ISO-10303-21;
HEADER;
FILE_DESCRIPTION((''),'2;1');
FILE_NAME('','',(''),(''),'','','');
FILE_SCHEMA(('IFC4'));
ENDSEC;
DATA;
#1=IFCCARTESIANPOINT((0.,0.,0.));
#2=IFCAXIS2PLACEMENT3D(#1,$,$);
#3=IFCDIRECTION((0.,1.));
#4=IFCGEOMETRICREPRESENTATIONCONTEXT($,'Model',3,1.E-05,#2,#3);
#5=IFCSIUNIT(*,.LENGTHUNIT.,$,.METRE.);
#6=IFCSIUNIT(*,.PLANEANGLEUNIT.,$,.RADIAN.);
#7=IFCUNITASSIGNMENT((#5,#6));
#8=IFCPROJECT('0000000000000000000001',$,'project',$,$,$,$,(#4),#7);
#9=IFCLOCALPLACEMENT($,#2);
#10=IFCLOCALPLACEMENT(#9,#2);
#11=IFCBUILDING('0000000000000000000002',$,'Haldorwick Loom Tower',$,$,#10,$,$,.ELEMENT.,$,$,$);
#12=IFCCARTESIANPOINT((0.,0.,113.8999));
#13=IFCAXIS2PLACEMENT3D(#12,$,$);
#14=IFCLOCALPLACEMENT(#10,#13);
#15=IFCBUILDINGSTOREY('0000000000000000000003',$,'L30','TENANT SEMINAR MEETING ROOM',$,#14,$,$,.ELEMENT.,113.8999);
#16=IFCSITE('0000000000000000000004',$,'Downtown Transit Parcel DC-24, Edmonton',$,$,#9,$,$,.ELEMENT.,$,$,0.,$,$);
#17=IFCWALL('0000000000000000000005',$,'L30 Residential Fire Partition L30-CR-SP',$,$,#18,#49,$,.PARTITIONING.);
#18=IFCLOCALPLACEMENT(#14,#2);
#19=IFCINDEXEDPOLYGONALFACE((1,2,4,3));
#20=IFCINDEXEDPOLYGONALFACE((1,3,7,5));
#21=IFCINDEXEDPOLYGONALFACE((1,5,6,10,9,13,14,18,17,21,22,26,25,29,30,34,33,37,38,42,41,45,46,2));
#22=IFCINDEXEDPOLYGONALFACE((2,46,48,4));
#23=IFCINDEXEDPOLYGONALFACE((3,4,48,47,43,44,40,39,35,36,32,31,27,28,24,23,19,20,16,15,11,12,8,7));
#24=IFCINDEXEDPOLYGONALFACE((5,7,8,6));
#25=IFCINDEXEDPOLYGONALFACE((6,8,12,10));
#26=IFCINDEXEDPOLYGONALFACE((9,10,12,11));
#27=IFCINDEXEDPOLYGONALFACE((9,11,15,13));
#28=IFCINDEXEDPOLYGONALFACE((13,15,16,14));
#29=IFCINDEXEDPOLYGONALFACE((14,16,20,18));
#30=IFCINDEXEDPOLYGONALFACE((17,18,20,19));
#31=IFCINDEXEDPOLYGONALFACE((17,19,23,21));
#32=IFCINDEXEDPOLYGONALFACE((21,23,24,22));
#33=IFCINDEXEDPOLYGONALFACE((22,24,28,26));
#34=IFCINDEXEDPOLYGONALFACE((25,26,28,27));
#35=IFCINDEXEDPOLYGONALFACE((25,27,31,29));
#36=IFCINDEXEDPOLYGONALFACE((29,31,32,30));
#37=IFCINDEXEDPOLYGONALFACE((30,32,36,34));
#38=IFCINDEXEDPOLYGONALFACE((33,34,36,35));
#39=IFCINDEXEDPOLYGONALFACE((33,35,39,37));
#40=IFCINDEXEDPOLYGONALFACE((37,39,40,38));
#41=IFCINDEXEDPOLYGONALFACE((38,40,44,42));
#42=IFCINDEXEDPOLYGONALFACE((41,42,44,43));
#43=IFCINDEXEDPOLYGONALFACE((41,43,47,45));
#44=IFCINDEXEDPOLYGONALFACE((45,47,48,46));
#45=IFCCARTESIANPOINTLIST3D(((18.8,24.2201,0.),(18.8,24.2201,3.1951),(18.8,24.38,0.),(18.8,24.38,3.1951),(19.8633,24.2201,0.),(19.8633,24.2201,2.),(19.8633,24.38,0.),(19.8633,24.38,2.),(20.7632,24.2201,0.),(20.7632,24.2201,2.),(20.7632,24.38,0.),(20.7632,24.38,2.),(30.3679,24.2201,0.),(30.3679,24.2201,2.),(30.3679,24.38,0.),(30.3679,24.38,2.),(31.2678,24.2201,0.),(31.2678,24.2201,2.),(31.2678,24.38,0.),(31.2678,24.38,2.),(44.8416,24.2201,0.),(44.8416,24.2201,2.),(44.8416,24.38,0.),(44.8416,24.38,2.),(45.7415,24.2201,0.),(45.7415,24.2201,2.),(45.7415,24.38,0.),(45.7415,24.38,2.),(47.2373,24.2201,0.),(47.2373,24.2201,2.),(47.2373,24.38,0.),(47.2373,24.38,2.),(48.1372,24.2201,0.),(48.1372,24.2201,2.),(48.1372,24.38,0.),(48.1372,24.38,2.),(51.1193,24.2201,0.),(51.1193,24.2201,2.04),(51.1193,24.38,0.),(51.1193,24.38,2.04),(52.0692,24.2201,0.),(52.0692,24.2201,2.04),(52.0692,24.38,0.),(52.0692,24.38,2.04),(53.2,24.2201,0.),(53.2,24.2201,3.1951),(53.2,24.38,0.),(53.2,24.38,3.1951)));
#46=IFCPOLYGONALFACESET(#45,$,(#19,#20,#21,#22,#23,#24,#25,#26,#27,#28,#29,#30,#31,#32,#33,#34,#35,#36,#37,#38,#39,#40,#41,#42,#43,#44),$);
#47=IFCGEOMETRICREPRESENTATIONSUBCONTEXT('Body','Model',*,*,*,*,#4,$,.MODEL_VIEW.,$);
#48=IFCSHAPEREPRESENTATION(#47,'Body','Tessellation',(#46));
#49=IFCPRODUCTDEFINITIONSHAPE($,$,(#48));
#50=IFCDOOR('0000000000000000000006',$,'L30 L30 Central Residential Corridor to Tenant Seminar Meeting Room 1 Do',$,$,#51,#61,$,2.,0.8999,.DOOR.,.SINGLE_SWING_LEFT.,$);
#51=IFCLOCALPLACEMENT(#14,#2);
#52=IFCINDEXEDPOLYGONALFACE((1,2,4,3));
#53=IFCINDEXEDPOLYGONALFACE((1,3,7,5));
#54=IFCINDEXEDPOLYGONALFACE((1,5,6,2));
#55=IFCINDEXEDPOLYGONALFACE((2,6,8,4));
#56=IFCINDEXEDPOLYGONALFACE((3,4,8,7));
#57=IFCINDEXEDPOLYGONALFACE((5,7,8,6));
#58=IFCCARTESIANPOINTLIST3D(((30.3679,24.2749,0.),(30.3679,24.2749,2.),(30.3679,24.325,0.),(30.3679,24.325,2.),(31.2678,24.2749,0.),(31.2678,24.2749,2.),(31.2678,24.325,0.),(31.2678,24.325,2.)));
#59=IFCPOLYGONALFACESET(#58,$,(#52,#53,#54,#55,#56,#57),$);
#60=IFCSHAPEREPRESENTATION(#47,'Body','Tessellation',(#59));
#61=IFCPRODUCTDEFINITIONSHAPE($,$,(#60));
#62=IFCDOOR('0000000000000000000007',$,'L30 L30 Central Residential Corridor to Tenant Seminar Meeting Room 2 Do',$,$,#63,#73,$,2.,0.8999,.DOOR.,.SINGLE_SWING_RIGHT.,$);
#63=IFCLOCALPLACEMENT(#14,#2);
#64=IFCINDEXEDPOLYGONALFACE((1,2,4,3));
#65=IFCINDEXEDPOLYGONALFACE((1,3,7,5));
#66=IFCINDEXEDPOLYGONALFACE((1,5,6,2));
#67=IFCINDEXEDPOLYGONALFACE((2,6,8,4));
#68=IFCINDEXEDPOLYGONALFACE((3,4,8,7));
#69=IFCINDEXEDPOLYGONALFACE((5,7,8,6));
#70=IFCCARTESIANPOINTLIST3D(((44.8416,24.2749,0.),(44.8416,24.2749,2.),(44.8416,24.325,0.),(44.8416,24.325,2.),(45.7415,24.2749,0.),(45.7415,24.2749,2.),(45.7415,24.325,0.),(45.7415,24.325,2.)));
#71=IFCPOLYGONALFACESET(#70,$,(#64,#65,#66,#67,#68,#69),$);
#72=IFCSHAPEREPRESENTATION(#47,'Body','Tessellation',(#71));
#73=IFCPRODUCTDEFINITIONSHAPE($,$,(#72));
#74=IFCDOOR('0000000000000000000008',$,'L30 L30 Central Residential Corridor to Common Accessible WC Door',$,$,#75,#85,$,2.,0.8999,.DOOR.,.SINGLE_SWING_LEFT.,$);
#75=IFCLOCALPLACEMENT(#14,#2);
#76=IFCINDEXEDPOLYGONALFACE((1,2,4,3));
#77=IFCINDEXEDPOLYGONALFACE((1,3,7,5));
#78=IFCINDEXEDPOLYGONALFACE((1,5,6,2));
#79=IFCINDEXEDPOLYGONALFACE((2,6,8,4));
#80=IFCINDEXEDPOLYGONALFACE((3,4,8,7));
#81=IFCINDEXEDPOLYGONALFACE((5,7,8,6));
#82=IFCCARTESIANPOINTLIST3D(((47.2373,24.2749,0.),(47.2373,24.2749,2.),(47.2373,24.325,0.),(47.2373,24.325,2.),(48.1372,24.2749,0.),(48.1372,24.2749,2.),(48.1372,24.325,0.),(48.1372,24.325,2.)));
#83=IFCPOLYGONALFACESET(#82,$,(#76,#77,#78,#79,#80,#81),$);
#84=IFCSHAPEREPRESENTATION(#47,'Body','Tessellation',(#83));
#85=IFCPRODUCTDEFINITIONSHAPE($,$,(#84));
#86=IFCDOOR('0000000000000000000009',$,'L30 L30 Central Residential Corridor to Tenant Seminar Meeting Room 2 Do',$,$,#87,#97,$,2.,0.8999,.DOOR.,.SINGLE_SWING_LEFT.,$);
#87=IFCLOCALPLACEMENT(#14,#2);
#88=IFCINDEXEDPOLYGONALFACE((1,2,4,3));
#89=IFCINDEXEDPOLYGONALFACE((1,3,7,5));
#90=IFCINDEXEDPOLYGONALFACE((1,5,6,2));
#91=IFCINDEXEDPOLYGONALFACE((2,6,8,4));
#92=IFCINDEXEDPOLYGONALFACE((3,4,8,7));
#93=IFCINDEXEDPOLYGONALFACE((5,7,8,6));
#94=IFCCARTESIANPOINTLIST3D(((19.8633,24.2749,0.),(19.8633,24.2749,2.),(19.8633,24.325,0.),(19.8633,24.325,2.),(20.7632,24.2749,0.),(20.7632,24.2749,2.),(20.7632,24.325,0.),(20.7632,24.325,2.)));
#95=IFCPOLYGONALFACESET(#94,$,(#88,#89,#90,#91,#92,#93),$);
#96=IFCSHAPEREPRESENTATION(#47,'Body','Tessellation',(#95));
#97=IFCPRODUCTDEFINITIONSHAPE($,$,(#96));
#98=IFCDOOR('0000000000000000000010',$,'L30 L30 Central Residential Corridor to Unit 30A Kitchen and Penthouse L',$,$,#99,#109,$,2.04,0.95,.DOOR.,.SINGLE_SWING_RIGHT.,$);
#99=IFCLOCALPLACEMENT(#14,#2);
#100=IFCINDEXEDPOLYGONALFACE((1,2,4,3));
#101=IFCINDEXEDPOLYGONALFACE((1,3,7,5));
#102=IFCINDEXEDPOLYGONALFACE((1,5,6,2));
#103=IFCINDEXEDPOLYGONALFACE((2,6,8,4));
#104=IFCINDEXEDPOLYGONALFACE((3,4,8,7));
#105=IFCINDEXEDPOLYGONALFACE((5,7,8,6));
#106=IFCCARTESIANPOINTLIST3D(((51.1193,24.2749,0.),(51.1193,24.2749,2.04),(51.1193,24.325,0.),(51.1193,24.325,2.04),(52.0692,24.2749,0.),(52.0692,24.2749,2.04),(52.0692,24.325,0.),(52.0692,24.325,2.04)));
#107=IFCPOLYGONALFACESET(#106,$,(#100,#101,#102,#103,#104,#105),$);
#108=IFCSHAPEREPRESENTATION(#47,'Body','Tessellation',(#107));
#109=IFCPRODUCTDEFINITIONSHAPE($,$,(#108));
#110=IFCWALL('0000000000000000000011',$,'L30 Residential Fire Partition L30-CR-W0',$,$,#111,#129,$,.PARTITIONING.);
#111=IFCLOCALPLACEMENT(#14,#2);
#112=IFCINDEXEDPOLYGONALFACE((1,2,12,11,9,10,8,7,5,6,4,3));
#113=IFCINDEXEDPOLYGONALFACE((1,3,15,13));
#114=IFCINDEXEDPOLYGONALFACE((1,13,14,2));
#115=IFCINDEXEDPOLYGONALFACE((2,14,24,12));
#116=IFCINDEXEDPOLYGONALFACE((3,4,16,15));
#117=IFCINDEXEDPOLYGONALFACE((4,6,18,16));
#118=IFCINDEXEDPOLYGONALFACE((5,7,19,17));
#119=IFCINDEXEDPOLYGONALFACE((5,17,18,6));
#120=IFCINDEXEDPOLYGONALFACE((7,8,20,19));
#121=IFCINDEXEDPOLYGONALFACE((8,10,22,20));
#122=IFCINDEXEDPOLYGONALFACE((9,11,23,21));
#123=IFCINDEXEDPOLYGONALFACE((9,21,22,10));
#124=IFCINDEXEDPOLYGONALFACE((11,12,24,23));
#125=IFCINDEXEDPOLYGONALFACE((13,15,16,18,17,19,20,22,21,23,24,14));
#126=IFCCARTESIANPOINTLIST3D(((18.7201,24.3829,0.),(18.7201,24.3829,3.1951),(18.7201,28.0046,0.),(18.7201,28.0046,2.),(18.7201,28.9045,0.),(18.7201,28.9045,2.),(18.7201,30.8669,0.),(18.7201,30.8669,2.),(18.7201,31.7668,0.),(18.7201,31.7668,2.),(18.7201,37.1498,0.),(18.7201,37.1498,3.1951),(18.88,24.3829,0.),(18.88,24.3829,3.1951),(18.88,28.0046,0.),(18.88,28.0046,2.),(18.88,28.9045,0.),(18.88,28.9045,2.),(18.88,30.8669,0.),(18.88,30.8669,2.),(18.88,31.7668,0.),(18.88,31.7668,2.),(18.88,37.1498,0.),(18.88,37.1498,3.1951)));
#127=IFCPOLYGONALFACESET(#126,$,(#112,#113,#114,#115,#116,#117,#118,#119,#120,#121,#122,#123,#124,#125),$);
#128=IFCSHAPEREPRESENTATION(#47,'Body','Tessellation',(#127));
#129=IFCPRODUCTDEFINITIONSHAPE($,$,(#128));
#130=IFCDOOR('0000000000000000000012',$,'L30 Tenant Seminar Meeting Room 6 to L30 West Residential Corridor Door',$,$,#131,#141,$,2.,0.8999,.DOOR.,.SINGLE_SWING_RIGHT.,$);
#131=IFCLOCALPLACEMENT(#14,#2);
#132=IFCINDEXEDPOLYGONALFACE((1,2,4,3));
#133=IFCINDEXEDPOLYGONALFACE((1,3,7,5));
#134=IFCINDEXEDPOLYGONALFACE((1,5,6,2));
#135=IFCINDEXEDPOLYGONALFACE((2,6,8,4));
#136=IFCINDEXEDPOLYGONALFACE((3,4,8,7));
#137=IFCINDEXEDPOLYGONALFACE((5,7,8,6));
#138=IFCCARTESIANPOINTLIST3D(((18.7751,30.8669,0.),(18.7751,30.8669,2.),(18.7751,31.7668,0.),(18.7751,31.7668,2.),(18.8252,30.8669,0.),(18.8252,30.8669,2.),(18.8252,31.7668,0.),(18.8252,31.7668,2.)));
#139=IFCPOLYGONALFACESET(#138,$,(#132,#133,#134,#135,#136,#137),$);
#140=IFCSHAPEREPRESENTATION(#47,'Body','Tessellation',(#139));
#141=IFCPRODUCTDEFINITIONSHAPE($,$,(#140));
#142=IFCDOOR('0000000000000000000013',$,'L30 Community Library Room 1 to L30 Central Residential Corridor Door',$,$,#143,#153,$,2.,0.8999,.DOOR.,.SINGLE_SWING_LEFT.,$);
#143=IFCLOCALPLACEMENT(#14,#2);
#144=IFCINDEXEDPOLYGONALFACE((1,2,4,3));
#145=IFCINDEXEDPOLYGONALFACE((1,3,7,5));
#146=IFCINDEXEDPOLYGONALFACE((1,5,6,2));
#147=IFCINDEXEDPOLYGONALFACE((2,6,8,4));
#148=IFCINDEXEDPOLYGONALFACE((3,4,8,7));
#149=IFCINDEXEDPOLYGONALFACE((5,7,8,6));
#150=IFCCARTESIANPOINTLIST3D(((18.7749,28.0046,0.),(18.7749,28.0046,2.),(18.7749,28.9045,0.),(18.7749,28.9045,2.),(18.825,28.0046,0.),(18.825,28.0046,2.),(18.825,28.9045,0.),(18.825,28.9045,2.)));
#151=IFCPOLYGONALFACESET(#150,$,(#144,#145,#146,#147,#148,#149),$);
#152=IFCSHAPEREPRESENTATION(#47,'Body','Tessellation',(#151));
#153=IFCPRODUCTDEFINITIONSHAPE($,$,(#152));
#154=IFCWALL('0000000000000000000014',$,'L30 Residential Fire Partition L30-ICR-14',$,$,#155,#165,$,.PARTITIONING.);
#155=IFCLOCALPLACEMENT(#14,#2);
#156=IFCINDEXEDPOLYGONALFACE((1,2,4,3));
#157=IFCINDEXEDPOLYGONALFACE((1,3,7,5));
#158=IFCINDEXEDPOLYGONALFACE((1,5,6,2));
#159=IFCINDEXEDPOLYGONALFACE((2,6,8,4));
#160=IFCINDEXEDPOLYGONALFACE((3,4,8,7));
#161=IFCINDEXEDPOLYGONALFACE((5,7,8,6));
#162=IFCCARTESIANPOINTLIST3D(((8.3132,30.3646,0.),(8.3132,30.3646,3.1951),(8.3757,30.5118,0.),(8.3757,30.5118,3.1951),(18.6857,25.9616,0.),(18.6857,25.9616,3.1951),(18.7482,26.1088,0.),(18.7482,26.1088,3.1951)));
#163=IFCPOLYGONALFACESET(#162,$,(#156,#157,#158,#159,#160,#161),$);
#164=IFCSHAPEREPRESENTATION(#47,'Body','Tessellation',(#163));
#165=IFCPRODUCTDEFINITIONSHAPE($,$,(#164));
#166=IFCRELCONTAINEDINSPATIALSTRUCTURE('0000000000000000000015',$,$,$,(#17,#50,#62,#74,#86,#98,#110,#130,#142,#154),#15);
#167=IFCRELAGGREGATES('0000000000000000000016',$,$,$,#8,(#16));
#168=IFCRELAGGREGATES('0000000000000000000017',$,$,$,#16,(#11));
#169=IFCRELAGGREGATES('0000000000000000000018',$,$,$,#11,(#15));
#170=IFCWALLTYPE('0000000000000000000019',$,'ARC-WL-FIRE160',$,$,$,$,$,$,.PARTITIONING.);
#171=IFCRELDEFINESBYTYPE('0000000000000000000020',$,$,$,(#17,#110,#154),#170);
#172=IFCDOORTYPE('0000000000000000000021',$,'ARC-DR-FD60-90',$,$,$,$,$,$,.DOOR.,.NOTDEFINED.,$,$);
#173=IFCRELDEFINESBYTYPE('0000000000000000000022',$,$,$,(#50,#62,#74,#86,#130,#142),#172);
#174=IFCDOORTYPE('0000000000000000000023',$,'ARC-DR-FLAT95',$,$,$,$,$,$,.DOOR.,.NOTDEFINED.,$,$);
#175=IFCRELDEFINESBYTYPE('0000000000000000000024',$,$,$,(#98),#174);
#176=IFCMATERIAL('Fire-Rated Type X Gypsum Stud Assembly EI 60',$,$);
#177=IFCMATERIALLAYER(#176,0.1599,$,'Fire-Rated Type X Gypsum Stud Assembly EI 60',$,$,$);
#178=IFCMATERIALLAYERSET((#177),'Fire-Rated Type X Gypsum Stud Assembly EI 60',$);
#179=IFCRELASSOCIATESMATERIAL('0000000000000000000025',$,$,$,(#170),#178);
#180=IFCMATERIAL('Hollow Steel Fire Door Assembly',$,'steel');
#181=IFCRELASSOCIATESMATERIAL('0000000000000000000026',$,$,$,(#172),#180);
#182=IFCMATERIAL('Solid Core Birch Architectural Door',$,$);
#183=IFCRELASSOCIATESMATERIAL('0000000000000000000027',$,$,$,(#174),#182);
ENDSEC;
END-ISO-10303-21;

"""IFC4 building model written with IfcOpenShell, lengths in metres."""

from ifc_helpers import new_model, si_unit, direction, frame, frame_2d, origin, place, context, subcontext, project, spatial, rectangle, extrude, material, layer, layer_set, type_object, element, fill, save


model = new_model("IFC4")

# Units and contexts
model_context = context("Model", 3, precision=1e-05, world=origin(), true_north=direction((0.0, 1.0)))
body_context = subcontext(model_context, "Body", "Model", "MODEL_VIEW")
ifc_project = project(units=[si_unit("LENGTHUNIT", "METRE"), si_unit("PLANEANGLEUNIT", "RADIAN")], contexts=[model_context])

# Site, building, storey
site_placement = place(None, origin())
site = spatial("IfcSite", under=ifc_project, at=site_placement, Name="Downtown Transit Parcel DC-24, Edmonton", CompositionType="ELEMENT", RefElevation=0.0)
building_placement = place(site_placement, origin())
building = spatial("IfcBuilding", under=site, at=building_placement, Name="Haldorwick Loom Tower", CompositionType="ELEMENT")
storey_placement = place(building_placement, frame((0.0, 0.0, 113.8999)))
storey = spatial("IfcBuildingStorey", under=building, at=storey_placement, Name="L30", Description="TENANT SEMINAR MEETING ROOM", CompositionType="ELEMENT", Elevation=113.8999)

# Walls, openings, doors
ifc_material_1 = material(Name="Fire-Rated Type X Gypsum Stud Assembly EI 60")
ifc_layer_1 = layer(ifc_material_1, 0.1599, Name="Fire-Rated Type X Gypsum Stud Assembly EI 60")
ifc_layer_set_1 = layer_set([ifc_layer_1], Name="Fire-Rated Type X Gypsum Stud Assembly EI 60")
wall_type_1 = type_object("IfcWallType", Name="ARC-WL-FIRE160", PredefinedType="PARTITIONING", material=ifc_layer_set_1)
wall_1_placement = place(storey_placement, frame((18.8, 24.3, 0.0), z_axis=(0.0, 0.0, 1.0), x_axis=(1.0, 0.0, 0.0)))
wall_1 = element("IfcWall", 1, at=wall_1_placement, inside=storey, type_object=wall_type_1, Name="L30 Residential Fire Partition L30-CR-SP", PredefinedType="PARTITIONING", context=body_context, shape_type="SweptSolid", body=[
    extrude(rectangle(XDim=34.3999, YDim=0.1599, at=frame_2d((17.2, 0.0))), origin(), (0.0, 0.0, 1.0), 3.1951),
])
opening_1_placement = place(wall_1_placement, frame((11.5679, 0.0, 0.0)))
opening_1 = element("IfcOpeningElement", 2, at=opening_1_placement, cuts=wall_1, PredefinedType="OPENING", context=body_context, shape_type="SweptSolid", body=[
    extrude(rectangle(XDim=0.8999, YDim=2.0, at=frame_2d((0.45, 1.0))), frame((0.0, 0.0898, 0.0), z_axis=(0.0, -1.0, 0.0), x_axis=(1.0, 0.0, 0.0)), (0.0, 0.0, 1.0), 0.1799),
])
opening_2_placement = place(wall_1_placement, frame((26.0415, 0.0, 0.0)))
opening_2 = element("IfcOpeningElement", 3, at=opening_2_placement, cuts=wall_1, PredefinedType="OPENING", context=body_context, shape_type="SweptSolid", body=[
    extrude(rectangle(XDim=0.8999, YDim=2.0, at=frame_2d((0.45, 1.0))), frame((0.0, 0.0898, 0.0), z_axis=(0.0, -1.0, 0.0), x_axis=(1.0, 0.0, 0.0)), (0.0, 0.0, 1.0), 0.1799),
])
opening_3_placement = place(wall_1_placement, frame((28.4373, 0.0, 0.0)))
opening_3 = element("IfcOpeningElement", 4, at=opening_3_placement, cuts=wall_1, PredefinedType="OPENING", context=body_context, shape_type="SweptSolid", body=[
    extrude(rectangle(XDim=0.8999, YDim=2.0, at=frame_2d((0.45, 1.0))), frame((0.0, 0.0898, 0.0), z_axis=(0.0, -1.0, 0.0), x_axis=(1.0, 0.0, 0.0)), (0.0, 0.0, 1.0), 0.1799),
])
opening_4_placement = place(wall_1_placement, frame((1.0632, 0.0, 0.0)))
opening_4 = element("IfcOpeningElement", 5, at=opening_4_placement, cuts=wall_1, PredefinedType="OPENING", context=body_context, shape_type="SweptSolid", body=[
    extrude(rectangle(XDim=0.8999, YDim=2.0, at=frame_2d((0.45, 1.0))), frame((0.0, 0.0898, 0.0), z_axis=(0.0, -1.0, 0.0), x_axis=(1.0, 0.0, 0.0)), (0.0, 0.0, 1.0), 0.1799),
])
opening_5_placement = place(wall_1_placement, frame((32.3191, 0.0, 0.0)))
opening_5 = element("IfcOpeningElement", 6, at=opening_5_placement, cuts=wall_1, PredefinedType="OPENING", context=body_context, shape_type="SweptSolid", body=[
    extrude(rectangle(XDim=0.95, YDim=2.04, at=frame_2d((0.4751, 1.02))), frame((0.0, 0.0898, 0.0), z_axis=(0.0, -1.0, 0.0), x_axis=(1.0, 0.0, 0.0)), (0.0, 0.0, 1.0), 0.1799),
])
ifc_material_2 = material(Name="Hollow Steel Fire Door Assembly", Category="steel")
door_type_1 = type_object("IfcDoorType", Name="ARC-DR-FD60-90", OperationType="NOTDEFINED", PredefinedType="DOOR", material=ifc_material_2)
door_1_placement = place(opening_1_placement, origin())
door_1 = element("IfcDoor", 7, at=door_1_placement, inside=storey, type_object=door_type_1, Name="L30 L30 Central Residential Corridor to Tenant Seminar Meeting Room 1 Do", OperationType="SINGLE_SWING_LEFT", OverallHeight=2.0, OverallWidth=0.8999, PredefinedType="DOOR", context=body_context, shape_type="SweptSolid", body=[
    extrude(rectangle(XDim=0.8999, YDim=2.0, at=frame_2d((0.45, 1.0))), frame((0.0, 0.0249, 0.0), z_axis=(0.0, -1.0, 0.0), x_axis=(1.0, 0.0, 0.0)), (0.0, 0.0, 1.0), 0.05),
])
fill(opening_1, door_1)
door_2_placement = place(opening_2_placement, origin())
door_2 = element("IfcDoor", 8, at=door_2_placement, inside=storey, type_object=door_type_1, Name="L30 L30 Central Residential Corridor to Tenant Seminar Meeting Room 2 Do", OperationType="SINGLE_SWING_RIGHT", OverallHeight=2.0, OverallWidth=0.8999, PredefinedType="DOOR", context=body_context, shape_type="SweptSolid", body=[
    extrude(rectangle(XDim=0.8999, YDim=2.0, at=frame_2d((0.45, 1.0))), frame((0.0, 0.0249, 0.0), z_axis=(0.0, -1.0, 0.0), x_axis=(1.0, 0.0, 0.0)), (0.0, 0.0, 1.0), 0.05),
])
fill(opening_2, door_2)
door_3_placement = place(opening_3_placement, origin())
door_3 = element("IfcDoor", 9, at=door_3_placement, inside=storey, type_object=door_type_1, Name="L30 L30 Central Residential Corridor to Common Accessible WC Door", OperationType="SINGLE_SWING_LEFT", OverallHeight=2.0, OverallWidth=0.8999, PredefinedType="DOOR", context=body_context, shape_type="SweptSolid", body=[
    extrude(rectangle(XDim=0.8999, YDim=2.0, at=frame_2d((0.45, 1.0))), frame((0.0, 0.0249, 0.0), z_axis=(0.0, -1.0, 0.0), x_axis=(1.0, 0.0, 0.0)), (0.0, 0.0, 1.0), 0.05),
])
fill(opening_3, door_3)
door_4_placement = place(opening_4_placement, origin())
door_4 = element("IfcDoor", 10, at=door_4_placement, inside=storey, type_object=door_type_1, Name="L30 L30 Central Residential Corridor to Tenant Seminar Meeting Room 2 Do", OperationType="SINGLE_SWING_LEFT", OverallHeight=2.0, OverallWidth=0.8999, PredefinedType="DOOR", context=body_context, shape_type="SweptSolid", body=[
    extrude(rectangle(XDim=0.8999, YDim=2.0, at=frame_2d((0.45, 1.0))), frame((0.0, 0.0249, 0.0), z_axis=(0.0, -1.0, 0.0), x_axis=(1.0, 0.0, 0.0)), (0.0, 0.0, 1.0), 0.05),
])
fill(opening_4, door_4)
ifc_material_3 = material(Name="Solid Core Birch Architectural Door")
door_type_2 = type_object("IfcDoorType", Name="ARC-DR-FLAT95", OperationType="NOTDEFINED", PredefinedType="DOOR", material=ifc_material_3)
door_5_placement = place(opening_5_placement, origin())
door_5 = element("IfcDoor", 11, at=door_5_placement, inside=storey, type_object=door_type_2, Name="L30 L30 Central Residential Corridor to Unit 30A Kitchen and Penthouse L", OperationType="SINGLE_SWING_RIGHT", OverallHeight=2.04, OverallWidth=0.95, PredefinedType="DOOR", context=body_context, shape_type="SweptSolid", body=[
    extrude(rectangle(XDim=0.95, YDim=2.04, at=frame_2d((0.4751, 1.02))), frame((0.0, 0.0249, 0.0), z_axis=(0.0, -1.0, 0.0), x_axis=(1.0, 0.0, 0.0)), (0.0, 0.0, 1.0), 0.05),
])
fill(opening_5, door_5)
wall_2_placement = place(storey_placement, frame((18.8, 24.3831, 0.0), z_axis=(0.0, 0.0, 1.0), x_axis=(0.0, 1.0, 0.0)))
wall_2 = element("IfcWall", 12, at=wall_2_placement, inside=storey, type_object=wall_type_1, Name="L30 Residential Fire Partition L30-CR-W0", PredefinedType="PARTITIONING", context=body_context, shape_type="SweptSolid", body=[
    extrude(rectangle(XDim=12.7668, YDim=0.1599, at=frame_2d((6.3833, 0.0))), origin(), (0.0, 0.0, 1.0), 3.1951),
])
opening_6_placement = place(wall_2_placement, frame((6.4839, 0.0, 0.0)))
opening_6 = element("IfcOpeningElement", 13, at=opening_6_placement, cuts=wall_2, PredefinedType="OPENING", context=body_context, shape_type="SweptSolid", body=[
    extrude(rectangle(XDim=0.8999, YDim=2.0, at=frame_2d((0.45, 1.0))), frame((0.0, 0.0898, 0.0), z_axis=(0.0, -1.0, 0.0), x_axis=(1.0, 0.0, 0.0)), (0.0, 0.0, 1.0), 0.1799),
])
opening_7_placement = place(wall_2_placement, frame((3.6216, 0.0, 0.0)))
opening_7 = element("IfcOpeningElement", 14, at=opening_7_placement, cuts=wall_2, PredefinedType="OPENING", context=body_context, shape_type="SweptSolid", body=[
    extrude(rectangle(XDim=0.8999, YDim=2.0, at=frame_2d((0.45, 1.0))), frame((0.0, 0.0898, 0.0), z_axis=(0.0, -1.0, 0.0), x_axis=(1.0, 0.0, 0.0)), (0.0, 0.0, 1.0), 0.1799),
])
door_6_placement = place(opening_6_placement, origin())
door_6 = element("IfcDoor", 15, at=door_6_placement, inside=storey, type_object=door_type_1, Name="L30 Tenant Seminar Meeting Room 6 to L30 West Residential Corridor Door", OperationType="SINGLE_SWING_RIGHT", OverallHeight=2.0, OverallWidth=0.8999, PredefinedType="DOOR", context=body_context, shape_type="SweptSolid", body=[
    extrude(rectangle(XDim=0.8999, YDim=2.0, at=frame_2d((0.45, 1.0))), frame((0.0, 0.0249, 0.0), z_axis=(0.0, -1.0, 0.0), x_axis=(1.0, 0.0, 0.0)), (0.0, 0.0, 1.0), 0.05),
])
fill(opening_6, door_6)
door_7_placement = place(opening_7_placement, frame((0.8999, 0.0, 0.0), z_axis=(0.0, 0.0, 1.0), x_axis=(-1.0, 0.0, 0.0)))
door_7 = element("IfcDoor", 16, at=door_7_placement, inside=storey, type_object=door_type_1, Name="L30 Community Library Room 1 to L30 Central Residential Corridor Door", OperationType="SINGLE_SWING_LEFT", OverallHeight=2.0, OverallWidth=0.8999, PredefinedType="DOOR", context=body_context, shape_type="SweptSolid", body=[
    extrude(rectangle(XDim=0.8999, YDim=2.0, at=frame_2d((0.45, 1.0))), frame((0.0, 0.0249, 0.0), z_axis=(0.0, -1.0, 0.0), x_axis=(1.0, 0.0, 0.0)), (0.0, 0.0, 1.0), 0.05),
])
fill(opening_7, door_7)

# Wall
wall_3_placement = place(storey_placement, frame((18.717, 26.0352, 0.0), z_axis=(0.0, 0.0, 1.0), x_axis=(-0.920499, 0.390745, 0.0)))
element("IfcWall", 17, at=wall_3_placement, inside=storey, type_object=wall_type_1, Name="L30 Residential Fire Partition L30-ICR-14", PredefinedType="PARTITIONING", context=body_context, shape_type="SweptSolid", body=[
    extrude(rectangle(XDim=11.2683, YDim=0.1599, at=frame_2d((5.6343, 0.0))), origin(), (0.0, 0.0, 1.0), 3.1951),
])

save(model, "model.ifc")
